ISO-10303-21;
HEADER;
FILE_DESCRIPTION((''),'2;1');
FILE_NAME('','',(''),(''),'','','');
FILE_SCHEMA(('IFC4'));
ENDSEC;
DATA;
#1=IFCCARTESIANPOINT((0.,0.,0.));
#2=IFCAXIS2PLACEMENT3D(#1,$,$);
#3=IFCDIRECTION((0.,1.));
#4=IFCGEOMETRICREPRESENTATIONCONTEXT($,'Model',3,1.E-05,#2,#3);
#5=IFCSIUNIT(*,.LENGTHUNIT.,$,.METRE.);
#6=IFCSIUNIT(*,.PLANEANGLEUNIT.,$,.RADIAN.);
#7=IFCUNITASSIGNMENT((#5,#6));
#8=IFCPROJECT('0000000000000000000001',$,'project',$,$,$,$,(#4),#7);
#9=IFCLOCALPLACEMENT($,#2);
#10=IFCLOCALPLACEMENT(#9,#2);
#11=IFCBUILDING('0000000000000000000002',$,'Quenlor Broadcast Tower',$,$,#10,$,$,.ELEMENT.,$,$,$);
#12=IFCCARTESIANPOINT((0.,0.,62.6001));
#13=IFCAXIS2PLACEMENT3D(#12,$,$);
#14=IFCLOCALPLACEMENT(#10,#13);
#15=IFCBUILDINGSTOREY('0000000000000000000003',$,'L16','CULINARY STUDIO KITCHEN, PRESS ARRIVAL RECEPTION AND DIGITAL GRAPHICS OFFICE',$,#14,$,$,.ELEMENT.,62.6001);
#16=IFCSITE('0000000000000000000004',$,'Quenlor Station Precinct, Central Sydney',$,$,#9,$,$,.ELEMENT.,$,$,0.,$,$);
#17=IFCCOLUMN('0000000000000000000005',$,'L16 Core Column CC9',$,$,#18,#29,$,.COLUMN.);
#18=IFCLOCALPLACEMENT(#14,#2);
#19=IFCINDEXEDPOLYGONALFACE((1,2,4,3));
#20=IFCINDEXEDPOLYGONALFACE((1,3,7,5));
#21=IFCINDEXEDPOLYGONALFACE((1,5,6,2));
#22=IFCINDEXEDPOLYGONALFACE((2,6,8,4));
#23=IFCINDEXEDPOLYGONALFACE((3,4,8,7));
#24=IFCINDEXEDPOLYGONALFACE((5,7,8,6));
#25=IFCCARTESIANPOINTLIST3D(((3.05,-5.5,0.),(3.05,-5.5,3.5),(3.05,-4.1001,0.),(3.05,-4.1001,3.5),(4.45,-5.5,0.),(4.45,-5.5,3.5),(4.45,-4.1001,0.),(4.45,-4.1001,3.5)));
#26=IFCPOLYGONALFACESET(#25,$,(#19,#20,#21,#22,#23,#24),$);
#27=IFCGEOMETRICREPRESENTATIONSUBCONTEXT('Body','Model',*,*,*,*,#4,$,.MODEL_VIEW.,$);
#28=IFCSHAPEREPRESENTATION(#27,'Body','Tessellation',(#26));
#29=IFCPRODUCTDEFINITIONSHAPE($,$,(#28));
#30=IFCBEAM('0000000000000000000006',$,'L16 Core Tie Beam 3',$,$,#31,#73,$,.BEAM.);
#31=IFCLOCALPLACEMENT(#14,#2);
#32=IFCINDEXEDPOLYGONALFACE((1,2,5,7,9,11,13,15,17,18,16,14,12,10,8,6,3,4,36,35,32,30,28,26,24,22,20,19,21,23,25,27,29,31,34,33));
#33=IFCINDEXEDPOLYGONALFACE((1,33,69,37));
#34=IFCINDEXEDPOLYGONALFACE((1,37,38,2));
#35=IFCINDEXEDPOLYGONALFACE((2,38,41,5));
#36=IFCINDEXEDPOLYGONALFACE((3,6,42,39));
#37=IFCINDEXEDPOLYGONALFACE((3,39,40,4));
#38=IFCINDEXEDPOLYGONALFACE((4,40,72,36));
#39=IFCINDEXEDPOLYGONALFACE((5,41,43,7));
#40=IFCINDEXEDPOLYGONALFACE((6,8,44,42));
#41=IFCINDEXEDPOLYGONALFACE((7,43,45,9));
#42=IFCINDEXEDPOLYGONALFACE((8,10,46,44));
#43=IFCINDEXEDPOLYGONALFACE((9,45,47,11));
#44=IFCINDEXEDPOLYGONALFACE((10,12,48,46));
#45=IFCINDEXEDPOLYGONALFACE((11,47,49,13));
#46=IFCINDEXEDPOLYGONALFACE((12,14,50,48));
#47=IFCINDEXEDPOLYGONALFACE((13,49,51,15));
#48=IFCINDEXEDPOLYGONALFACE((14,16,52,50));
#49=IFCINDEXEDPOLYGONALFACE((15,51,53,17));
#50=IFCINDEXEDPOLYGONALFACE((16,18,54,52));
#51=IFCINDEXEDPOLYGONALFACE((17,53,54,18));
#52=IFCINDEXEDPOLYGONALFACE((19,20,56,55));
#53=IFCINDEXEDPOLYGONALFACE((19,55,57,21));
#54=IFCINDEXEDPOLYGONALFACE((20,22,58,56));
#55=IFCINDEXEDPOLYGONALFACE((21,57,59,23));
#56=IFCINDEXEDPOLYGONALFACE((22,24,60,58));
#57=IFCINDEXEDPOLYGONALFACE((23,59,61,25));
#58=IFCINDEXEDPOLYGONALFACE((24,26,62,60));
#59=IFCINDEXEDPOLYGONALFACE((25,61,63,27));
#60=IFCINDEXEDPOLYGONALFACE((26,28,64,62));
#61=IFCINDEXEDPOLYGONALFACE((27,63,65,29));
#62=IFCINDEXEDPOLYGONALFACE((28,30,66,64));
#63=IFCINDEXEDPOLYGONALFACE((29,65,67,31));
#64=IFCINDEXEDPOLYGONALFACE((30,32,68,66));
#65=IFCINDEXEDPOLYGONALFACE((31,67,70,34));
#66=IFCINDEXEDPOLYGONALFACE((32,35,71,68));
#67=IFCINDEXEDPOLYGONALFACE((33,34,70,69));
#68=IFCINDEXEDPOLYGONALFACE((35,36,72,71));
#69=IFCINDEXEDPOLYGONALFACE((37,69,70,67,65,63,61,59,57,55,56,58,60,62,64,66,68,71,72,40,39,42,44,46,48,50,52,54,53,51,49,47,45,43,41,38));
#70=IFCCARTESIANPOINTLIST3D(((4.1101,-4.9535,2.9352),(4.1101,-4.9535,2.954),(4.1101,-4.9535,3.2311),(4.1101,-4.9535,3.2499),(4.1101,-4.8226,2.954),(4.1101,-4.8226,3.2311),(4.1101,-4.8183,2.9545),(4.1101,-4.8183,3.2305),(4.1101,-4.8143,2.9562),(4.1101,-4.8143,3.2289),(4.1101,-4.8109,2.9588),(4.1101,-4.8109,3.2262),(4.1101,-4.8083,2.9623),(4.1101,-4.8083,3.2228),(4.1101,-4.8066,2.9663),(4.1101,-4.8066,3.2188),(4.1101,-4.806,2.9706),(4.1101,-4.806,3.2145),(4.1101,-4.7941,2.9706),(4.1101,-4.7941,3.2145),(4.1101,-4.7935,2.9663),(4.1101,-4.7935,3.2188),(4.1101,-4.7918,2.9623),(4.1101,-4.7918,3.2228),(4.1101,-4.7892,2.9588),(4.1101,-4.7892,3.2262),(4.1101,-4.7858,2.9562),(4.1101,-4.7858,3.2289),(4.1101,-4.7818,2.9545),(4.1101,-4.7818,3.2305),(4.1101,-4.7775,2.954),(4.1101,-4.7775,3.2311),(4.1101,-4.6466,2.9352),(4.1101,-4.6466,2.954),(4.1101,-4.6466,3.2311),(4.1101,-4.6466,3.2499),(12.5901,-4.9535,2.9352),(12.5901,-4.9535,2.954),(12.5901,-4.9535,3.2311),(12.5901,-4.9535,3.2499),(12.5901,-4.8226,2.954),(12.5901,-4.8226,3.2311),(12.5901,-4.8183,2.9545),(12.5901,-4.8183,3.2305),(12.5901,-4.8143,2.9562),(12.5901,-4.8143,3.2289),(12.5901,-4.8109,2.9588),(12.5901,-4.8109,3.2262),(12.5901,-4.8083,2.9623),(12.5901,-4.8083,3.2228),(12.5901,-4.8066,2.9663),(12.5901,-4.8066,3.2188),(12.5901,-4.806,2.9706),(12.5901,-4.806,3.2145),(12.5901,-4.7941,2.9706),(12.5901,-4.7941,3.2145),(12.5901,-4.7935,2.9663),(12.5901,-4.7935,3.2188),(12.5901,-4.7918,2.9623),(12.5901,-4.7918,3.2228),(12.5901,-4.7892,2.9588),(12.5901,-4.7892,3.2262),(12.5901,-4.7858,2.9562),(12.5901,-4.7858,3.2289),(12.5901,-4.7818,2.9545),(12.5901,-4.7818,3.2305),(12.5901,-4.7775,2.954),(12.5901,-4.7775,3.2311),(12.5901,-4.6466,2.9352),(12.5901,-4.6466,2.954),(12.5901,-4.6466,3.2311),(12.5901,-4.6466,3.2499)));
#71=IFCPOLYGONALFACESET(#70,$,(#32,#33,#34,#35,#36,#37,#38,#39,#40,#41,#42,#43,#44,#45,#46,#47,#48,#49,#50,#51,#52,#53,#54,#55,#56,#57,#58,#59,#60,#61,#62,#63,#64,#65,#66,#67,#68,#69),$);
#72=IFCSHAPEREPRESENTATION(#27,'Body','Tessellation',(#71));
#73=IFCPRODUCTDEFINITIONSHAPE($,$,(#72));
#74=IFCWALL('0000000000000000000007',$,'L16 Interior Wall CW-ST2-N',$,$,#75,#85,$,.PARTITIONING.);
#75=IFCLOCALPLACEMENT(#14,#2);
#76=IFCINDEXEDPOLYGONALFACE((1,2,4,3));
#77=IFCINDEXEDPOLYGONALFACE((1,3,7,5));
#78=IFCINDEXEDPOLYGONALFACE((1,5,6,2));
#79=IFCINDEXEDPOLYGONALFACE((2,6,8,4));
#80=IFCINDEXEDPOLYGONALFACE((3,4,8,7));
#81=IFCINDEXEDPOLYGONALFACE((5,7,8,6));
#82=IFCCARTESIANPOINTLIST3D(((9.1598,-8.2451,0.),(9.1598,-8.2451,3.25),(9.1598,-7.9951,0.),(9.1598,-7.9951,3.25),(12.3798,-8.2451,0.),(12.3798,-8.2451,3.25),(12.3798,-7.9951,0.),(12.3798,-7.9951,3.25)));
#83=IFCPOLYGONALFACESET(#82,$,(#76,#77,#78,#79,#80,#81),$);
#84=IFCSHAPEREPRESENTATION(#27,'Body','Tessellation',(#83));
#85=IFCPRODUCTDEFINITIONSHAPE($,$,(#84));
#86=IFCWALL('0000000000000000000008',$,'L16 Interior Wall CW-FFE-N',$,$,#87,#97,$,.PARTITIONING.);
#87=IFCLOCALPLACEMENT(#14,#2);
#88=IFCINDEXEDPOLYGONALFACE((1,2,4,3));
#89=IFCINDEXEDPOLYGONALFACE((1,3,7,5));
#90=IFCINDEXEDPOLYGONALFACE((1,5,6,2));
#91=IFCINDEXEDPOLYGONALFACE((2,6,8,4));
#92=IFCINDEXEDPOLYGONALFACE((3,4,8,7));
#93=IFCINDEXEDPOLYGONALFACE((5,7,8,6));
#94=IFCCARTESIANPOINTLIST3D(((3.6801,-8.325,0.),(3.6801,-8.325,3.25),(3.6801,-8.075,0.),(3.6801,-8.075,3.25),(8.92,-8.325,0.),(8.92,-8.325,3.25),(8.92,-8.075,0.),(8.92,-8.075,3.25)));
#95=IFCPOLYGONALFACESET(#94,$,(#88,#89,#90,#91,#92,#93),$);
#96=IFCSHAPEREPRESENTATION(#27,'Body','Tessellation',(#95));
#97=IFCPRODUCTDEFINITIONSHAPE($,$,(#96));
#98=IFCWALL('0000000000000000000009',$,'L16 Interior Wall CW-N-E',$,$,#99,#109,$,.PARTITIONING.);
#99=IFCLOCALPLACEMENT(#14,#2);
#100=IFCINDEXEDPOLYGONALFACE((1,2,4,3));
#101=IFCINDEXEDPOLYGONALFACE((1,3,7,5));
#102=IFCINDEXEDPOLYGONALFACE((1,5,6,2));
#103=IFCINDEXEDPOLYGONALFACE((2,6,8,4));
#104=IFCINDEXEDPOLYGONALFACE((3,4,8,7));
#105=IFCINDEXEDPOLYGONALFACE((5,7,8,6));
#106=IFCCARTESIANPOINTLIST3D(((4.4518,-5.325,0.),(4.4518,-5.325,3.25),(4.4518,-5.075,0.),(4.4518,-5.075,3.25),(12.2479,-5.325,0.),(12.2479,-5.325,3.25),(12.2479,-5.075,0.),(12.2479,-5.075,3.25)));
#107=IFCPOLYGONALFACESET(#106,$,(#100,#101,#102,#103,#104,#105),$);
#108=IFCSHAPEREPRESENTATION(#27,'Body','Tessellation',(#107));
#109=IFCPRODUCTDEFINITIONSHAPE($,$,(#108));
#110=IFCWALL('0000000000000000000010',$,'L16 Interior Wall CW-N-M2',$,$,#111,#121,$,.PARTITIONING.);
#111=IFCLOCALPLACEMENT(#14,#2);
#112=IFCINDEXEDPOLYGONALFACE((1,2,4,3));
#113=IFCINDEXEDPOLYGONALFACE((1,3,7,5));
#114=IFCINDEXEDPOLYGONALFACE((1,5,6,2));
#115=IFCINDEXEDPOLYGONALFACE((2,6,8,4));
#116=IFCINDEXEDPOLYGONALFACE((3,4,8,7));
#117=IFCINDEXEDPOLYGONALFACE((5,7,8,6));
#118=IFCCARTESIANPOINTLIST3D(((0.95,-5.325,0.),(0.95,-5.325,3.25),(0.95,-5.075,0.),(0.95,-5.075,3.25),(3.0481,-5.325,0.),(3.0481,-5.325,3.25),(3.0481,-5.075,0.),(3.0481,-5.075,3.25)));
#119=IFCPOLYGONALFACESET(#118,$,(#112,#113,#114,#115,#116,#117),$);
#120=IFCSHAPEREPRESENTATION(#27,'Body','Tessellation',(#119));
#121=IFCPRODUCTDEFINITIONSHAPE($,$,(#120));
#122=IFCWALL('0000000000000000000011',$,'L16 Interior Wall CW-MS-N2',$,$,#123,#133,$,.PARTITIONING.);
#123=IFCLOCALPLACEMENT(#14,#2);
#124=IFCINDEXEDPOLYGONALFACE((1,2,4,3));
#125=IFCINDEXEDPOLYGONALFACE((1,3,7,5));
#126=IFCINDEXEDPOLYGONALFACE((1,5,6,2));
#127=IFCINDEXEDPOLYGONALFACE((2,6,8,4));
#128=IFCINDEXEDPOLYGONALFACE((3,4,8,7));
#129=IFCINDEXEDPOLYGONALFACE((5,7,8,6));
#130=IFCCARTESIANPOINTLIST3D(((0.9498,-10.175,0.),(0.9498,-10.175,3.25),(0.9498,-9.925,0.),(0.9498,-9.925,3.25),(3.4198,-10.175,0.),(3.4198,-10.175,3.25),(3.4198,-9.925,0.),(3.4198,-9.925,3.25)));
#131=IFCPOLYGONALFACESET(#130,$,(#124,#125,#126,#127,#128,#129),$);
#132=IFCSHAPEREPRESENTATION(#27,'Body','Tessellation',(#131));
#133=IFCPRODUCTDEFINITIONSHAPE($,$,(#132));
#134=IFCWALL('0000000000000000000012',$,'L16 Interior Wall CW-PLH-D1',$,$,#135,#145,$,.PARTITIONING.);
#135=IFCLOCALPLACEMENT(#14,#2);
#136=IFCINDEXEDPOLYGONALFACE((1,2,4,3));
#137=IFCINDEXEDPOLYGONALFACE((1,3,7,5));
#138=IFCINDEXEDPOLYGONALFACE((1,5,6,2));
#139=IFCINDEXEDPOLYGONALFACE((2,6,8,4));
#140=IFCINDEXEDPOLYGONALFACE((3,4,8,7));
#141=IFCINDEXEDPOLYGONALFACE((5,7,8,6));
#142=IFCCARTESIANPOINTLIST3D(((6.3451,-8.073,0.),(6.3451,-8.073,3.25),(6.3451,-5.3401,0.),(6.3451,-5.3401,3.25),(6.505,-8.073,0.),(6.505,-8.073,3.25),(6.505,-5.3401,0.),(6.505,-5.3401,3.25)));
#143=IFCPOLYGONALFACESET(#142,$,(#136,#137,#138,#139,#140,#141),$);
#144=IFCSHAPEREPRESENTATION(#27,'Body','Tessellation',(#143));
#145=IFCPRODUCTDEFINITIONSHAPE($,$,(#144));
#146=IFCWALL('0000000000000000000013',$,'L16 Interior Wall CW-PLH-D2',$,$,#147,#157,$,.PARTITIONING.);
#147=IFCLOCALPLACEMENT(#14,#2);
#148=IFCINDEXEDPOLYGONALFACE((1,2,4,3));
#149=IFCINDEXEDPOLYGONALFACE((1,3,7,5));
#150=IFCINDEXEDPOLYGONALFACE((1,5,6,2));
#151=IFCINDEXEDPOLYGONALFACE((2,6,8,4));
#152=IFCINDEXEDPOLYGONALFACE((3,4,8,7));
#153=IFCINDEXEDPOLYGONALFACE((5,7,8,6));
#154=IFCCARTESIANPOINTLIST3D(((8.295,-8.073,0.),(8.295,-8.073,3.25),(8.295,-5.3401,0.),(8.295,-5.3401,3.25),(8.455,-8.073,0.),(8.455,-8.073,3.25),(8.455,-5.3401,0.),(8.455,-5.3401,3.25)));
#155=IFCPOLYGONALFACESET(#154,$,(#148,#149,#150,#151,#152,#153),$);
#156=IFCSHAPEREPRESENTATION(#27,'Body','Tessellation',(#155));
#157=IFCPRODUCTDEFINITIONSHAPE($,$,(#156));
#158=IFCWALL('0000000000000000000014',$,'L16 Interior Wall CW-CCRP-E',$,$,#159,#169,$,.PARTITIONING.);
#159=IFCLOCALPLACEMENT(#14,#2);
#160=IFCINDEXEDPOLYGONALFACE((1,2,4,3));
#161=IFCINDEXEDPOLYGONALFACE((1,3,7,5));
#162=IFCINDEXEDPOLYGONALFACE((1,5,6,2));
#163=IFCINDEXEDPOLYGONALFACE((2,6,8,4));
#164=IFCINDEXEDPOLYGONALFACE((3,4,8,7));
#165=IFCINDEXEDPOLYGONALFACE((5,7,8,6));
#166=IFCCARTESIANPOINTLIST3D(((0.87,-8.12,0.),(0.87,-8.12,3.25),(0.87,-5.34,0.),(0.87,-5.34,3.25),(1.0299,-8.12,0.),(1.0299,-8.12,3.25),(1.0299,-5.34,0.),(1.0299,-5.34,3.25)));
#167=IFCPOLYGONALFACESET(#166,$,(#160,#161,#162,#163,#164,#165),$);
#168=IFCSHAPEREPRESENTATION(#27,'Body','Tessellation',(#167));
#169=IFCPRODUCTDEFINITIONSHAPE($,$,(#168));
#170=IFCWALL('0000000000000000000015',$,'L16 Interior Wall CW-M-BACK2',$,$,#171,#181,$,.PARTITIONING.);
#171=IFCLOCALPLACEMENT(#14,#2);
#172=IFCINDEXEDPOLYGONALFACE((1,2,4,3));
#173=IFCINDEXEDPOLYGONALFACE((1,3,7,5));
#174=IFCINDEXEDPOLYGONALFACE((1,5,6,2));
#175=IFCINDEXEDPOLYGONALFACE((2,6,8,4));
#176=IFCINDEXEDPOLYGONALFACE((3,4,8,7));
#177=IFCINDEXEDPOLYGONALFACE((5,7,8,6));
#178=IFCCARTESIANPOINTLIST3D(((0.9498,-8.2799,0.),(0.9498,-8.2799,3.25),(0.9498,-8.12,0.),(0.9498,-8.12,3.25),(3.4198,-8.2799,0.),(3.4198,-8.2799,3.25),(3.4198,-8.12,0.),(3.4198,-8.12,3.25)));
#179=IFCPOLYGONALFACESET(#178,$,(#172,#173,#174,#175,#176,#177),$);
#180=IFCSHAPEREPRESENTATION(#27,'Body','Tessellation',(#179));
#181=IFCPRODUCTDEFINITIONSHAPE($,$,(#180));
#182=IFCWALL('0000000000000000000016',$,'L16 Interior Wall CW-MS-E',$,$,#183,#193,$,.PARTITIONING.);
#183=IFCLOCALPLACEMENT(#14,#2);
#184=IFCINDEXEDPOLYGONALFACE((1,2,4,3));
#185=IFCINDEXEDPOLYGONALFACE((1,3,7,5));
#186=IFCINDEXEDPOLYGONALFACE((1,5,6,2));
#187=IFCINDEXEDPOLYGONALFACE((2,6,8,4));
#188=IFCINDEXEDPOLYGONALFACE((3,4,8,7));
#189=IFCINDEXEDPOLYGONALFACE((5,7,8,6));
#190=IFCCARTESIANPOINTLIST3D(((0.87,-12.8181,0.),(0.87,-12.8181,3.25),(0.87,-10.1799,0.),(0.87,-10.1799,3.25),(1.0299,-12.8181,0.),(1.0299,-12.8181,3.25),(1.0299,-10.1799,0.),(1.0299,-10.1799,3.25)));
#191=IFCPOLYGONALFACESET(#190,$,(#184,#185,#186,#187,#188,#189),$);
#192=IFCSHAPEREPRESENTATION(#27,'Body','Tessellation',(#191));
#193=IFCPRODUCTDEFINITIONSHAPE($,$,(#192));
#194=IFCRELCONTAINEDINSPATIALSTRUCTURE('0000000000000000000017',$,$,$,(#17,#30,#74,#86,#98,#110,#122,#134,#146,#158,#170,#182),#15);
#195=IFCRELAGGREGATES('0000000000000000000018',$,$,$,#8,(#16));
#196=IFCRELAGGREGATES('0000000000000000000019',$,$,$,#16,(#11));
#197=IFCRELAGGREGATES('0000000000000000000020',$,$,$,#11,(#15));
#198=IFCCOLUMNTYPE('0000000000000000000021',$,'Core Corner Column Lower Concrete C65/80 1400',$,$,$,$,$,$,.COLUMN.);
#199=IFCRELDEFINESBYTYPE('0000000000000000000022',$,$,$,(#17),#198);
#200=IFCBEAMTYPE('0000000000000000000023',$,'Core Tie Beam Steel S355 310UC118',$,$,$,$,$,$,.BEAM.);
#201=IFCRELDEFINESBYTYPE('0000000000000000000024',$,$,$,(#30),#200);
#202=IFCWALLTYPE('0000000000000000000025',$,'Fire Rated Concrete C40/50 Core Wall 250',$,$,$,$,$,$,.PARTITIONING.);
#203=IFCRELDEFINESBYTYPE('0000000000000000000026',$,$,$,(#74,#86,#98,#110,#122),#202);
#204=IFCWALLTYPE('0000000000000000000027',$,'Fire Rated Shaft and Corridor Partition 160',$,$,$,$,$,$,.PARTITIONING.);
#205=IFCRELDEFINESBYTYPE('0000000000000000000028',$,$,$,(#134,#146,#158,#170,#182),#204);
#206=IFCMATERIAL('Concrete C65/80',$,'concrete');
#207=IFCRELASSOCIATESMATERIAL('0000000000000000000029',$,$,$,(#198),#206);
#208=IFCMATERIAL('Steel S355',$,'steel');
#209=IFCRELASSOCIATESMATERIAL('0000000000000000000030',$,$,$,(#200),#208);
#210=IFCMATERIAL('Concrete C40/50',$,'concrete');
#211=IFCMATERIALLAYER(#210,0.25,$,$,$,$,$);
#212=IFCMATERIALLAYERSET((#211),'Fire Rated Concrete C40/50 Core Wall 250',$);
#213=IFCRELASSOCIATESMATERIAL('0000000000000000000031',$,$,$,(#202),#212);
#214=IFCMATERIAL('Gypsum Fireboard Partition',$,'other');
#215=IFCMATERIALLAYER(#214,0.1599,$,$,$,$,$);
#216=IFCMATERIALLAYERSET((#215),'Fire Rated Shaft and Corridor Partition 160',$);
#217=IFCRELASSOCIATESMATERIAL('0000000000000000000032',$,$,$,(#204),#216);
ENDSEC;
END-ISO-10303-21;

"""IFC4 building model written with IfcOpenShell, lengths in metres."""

from ifc_helpers import new_model, si_unit, direction, frame, frame_2d, origin, origin_2d, place, context, subcontext, project, spatial, rectangle, i_section, extrude, material, layer, layer_set, material_profile, profile_set, type_object, element, save


model = new_model("IFC4")

# Units and contexts
model_context = context("Model", 3, precision=1e-05, world=origin(), true_north=direction((0.0, 1.0)))
body_context = subcontext(model_context, "Body", "Model", "MODEL_VIEW")
ifc_project = project(units=[si_unit("LENGTHUNIT", "METRE"), si_unit("PLANEANGLEUNIT", "RADIAN")], contexts=[model_context])

# Site, building, storey
site_placement = place(None, origin())
site = spatial("IfcSite", under=ifc_project, at=site_placement, Name="Quenlor Station Precinct, Central Sydney", CompositionType="ELEMENT", RefElevation=0.0)
building_placement = place(site_placement, origin())
building = spatial("IfcBuilding", under=site, at=building_placement, Name="Quenlor Broadcast Tower", CompositionType="ELEMENT")
storey_placement = place(building_placement, frame((0.0, 0.0, 62.6001)))
storey = spatial("IfcBuildingStorey", under=building, at=storey_placement, Name="L16", Description="CULINARY STUDIO KITCHEN, PRESS ARRIVAL RECEPTION AND DIGITAL GRAPHICS OFFICE", CompositionType="ELEMENT", Elevation=62.6001)

# Column
ifc_material_1 = material(Name="Concrete C65/80", Category="concrete")
ifc_material_profile_1 = material_profile(ifc_material_1, rectangle(XDim=1.3999, YDim=1.3999, at=origin_2d()))
ifc_profile_set_1 = profile_set([ifc_material_profile_1], Name="Concrete C65/80 RC1400x1400")
column_type = type_object("IfcColumnType", Name="Core Corner Column Lower Concrete C65/80 1400", PredefinedType="COLUMN", material=ifc_profile_set_1)
column_placement = place(storey_placement, frame((3.75, -4.8, 0.0), z_axis=(0.0, 0.0, 1.0), x_axis=(1.0, 0.0, 0.0)))
element("IfcColumn", 1, at=column_placement, inside=storey, type_object=column_type, Name="L16 Core Column CC9", PredefinedType="COLUMN", context=body_context, shape_type="SweptSolid", body=[
    extrude(rectangle(XDim=1.3999, YDim=1.3999, at=origin_2d()), origin(), (0.0, 0.0, 1.0), 3.5),
])

# Beam
ifc_material_2 = material(Name="Steel S355", Category="steel")
ifc_material_profile_2 = material_profile(ifc_material_2, i_section(OverallWidth=0.3069, OverallDepth=0.3147, WebThickness=0.012, FlangeThickness=0.0188, FilletRadius=0.0166, at=origin_2d()))
ifc_profile_set_2 = profile_set([ifc_material_profile_2], Name="Steel S355 310UC118")
beam_type = type_object("IfcBeamType", Name="Core Tie Beam Steel S355 310UC118", PredefinedType="BEAM", material=ifc_profile_set_2)
beam_placement = place(storey_placement, frame((4.1101, -4.8, 3.0925), z_axis=(1.0, 0.0, 0.0), x_axis=(0.0, 1.0, 0.0)))
element("IfcBeam", 2, at=beam_placement, inside=storey, type_object=beam_type, Name="L16 Core Tie Beam 3", PredefinedType="BEAM", context=body_context, shape_type="SweptSolid", body=[
    extrude(i_section(OverallWidth=0.3069, OverallDepth=0.3147, WebThickness=0.012, FlangeThickness=0.0188, FilletRadius=0.0166, at=origin_2d()), origin(), (0.0, 0.0, 1.0), 8.48),
])

# Shared definitions
ifc_material_3 = material(Name="Concrete C40/50", Category="concrete")
ifc_layer_1 = layer(ifc_material_3, 0.25)
ifc_layer_set_1 = layer_set([ifc_layer_1], Name="Fire Rated Concrete C40/50 Core Wall 250")
wall_type_1 = type_object("IfcWallType", Name="Fire Rated Concrete C40/50 Core Wall 250", PredefinedType="PARTITIONING", material=ifc_layer_set_1)

# Walls
wall_1_placement = place(storey_placement, frame((9.1599, -8.1201, 0.0), z_axis=(0.0, 0.0, 1.0), x_axis=(1.0, 0.0, 0.0)))
element("IfcWall", 3, at=wall_1_placement, inside=storey, type_object=wall_type_1, Name="L16 Interior Wall CW-ST2-N", PredefinedType="PARTITIONING", context=body_context, shape_type="SweptSolid", body=[
    extrude(rectangle(XDim=3.22, YDim=0.25, at=frame_2d((1.6099, 0.0))), origin(), (0.0, 0.0, 1.0), 3.25),
])
wall_2_placement = place(storey_placement, frame((3.6799, -8.2, 0.0), z_axis=(0.0, 0.0, 1.0), x_axis=(1.0, 0.0, 0.0)))
element("IfcWall", 4, at=wall_2_placement, inside=storey, type_object=wall_type_1, Name="L16 Interior Wall CW-FFE-N", PredefinedType="PARTITIONING", context=body_context, shape_type="SweptSolid", body=[
    extrude(rectangle(XDim=5.24, YDim=0.25, at=frame_2d((2.6201, 0.0))), origin(), (0.0, 0.0, 1.0), 3.25),
])
wall_3_placement = place(storey_placement, frame((4.4519, -5.2, 0.0), z_axis=(0.0, 0.0, 1.0), x_axis=(1.0, 0.0, 0.0)))
element("IfcWall", 5, at=wall_3_placement, inside=storey, type_object=wall_type_1, Name="L16 Interior Wall CW-N-E", PredefinedType="PARTITIONING", context=body_context, shape_type="SweptSolid", body=[
    extrude(rectangle(XDim=7.7961, YDim=0.25, at=frame_2d((3.8979, 0.0))), origin(), (0.0, 0.0, 1.0), 3.25),
])
wall_4_placement = place(storey_placement, frame((0.95, -5.2, 0.0), z_axis=(0.0, 0.0, 1.0), x_axis=(1.0, 0.0, 0.0)))
element("IfcWall", 6, at=wall_4_placement, inside=storey, type_object=wall_type_1, Name="L16 Interior Wall CW-N-M2", PredefinedType="PARTITIONING", context=body_context, shape_type="SweptSolid", body=[
    extrude(rectangle(XDim=2.0981, YDim=0.25, at=frame_2d((1.0491, 0.0))), origin(), (0.0, 0.0, 1.0), 3.25),
])
wall_5_placement = place(storey_placement, frame((0.95, -10.05, 0.0), z_axis=(0.0, 0.0, 1.0), x_axis=(1.0, 0.0, 0.0)))
element("IfcWall", 7, at=wall_5_placement, inside=storey, type_object=wall_type_1, Name="L16 Interior Wall CW-MS-N2", PredefinedType="PARTITIONING", context=body_context, shape_type="SweptSolid", body=[
    extrude(rectangle(XDim=2.47, YDim=0.25, at=frame_2d((1.2349, 0.0))), origin(), (0.0, 0.0, 1.0), 3.25),
])
ifc_material_4 = material(Name="Gypsum Fireboard Partition", Category="other")
ifc_layer_2 = layer(ifc_material_4, 0.1599)
ifc_layer_set_2 = layer_set([ifc_layer_2], Name="Fire Rated Shaft and Corridor Partition 160")
wall_type_2 = type_object("IfcWallType", Name="Fire Rated Shaft and Corridor Partition 160", PredefinedType="PARTITIONING", material=ifc_layer_set_2)
for number, where, z_axis, x_axis, name in (
    (8, (6.425, -8.073, 0.0), (0.0, 0.0, 1.0), (0.0, 1.0, 0.0), "L16 Interior Wall CW-PLH-D1"),
    (9, (8.375, -8.073, 0.0), (0.0, 0.0, 1.0), (0.0, 1.0, 0.0), "L16 Interior Wall CW-PLH-D2"),
):
    element("IfcWall", number, at=place(storey_placement, frame(where, z_axis=z_axis, x_axis=x_axis)), inside=storey, type_object=wall_type_2, Name=name, PredefinedType="PARTITIONING", context=body_context, shape_type="SweptSolid", body=[
        extrude(rectangle(XDim=2.7329, YDim=0.1599, at=frame_2d((1.3665, 0.0))), origin(), (0.0, 0.0, 1.0), 3.25),
    ])
wall_6_placement = place(storey_placement, frame((0.95, -8.1201, 0.0), z_axis=(0.0, 0.0, 1.0), x_axis=(0.0, 1.0, 0.0)))
element("IfcWall", 10, at=wall_6_placement, inside=storey, type_object=wall_type_2, Name="L16 Interior Wall CW-CCRP-E", PredefinedType="PARTITIONING", context=body_context, shape_type="SweptSolid", body=[
    extrude(rectangle(XDim=2.78, YDim=0.1599, at=frame_2d((1.3901, 0.0))), origin(), (0.0, 0.0, 1.0), 3.25),
])
wall_7_placement = place(storey_placement, frame((0.95, -8.2, 0.0), z_axis=(0.0, 0.0, 1.0), x_axis=(1.0, 0.0, 0.0)))
element("IfcWall", 11, at=wall_7_placement, inside=storey, type_object=wall_type_2, Name="L16 Interior Wall CW-M-BACK2", PredefinedType="PARTITIONING", context=body_context, shape_type="SweptSolid", body=[
    extrude(rectangle(XDim=2.47, YDim=0.1599, at=frame_2d((1.2349, 0.0))), origin(), (0.0, 0.0, 1.0), 3.25),
])
wall_8_placement = place(storey_placement, frame((0.95, -12.8181, 0.0), z_axis=(0.0, 0.0, 1.0), x_axis=(0.0, 1.0, 0.0)))
element("IfcWall", 12, at=wall_8_placement, inside=storey, type_object=wall_type_2, Name="L16 Interior Wall CW-MS-E", PredefinedType="PARTITIONING", context=body_context, shape_type="SweptSolid", body=[
    extrude(rectangle(XDim=2.6382, YDim=0.1599, at=frame_2d((1.3191, 0.0))), origin(), (0.0, 0.0, 1.0), 3.25),
])

save(model, "model.ifc")
